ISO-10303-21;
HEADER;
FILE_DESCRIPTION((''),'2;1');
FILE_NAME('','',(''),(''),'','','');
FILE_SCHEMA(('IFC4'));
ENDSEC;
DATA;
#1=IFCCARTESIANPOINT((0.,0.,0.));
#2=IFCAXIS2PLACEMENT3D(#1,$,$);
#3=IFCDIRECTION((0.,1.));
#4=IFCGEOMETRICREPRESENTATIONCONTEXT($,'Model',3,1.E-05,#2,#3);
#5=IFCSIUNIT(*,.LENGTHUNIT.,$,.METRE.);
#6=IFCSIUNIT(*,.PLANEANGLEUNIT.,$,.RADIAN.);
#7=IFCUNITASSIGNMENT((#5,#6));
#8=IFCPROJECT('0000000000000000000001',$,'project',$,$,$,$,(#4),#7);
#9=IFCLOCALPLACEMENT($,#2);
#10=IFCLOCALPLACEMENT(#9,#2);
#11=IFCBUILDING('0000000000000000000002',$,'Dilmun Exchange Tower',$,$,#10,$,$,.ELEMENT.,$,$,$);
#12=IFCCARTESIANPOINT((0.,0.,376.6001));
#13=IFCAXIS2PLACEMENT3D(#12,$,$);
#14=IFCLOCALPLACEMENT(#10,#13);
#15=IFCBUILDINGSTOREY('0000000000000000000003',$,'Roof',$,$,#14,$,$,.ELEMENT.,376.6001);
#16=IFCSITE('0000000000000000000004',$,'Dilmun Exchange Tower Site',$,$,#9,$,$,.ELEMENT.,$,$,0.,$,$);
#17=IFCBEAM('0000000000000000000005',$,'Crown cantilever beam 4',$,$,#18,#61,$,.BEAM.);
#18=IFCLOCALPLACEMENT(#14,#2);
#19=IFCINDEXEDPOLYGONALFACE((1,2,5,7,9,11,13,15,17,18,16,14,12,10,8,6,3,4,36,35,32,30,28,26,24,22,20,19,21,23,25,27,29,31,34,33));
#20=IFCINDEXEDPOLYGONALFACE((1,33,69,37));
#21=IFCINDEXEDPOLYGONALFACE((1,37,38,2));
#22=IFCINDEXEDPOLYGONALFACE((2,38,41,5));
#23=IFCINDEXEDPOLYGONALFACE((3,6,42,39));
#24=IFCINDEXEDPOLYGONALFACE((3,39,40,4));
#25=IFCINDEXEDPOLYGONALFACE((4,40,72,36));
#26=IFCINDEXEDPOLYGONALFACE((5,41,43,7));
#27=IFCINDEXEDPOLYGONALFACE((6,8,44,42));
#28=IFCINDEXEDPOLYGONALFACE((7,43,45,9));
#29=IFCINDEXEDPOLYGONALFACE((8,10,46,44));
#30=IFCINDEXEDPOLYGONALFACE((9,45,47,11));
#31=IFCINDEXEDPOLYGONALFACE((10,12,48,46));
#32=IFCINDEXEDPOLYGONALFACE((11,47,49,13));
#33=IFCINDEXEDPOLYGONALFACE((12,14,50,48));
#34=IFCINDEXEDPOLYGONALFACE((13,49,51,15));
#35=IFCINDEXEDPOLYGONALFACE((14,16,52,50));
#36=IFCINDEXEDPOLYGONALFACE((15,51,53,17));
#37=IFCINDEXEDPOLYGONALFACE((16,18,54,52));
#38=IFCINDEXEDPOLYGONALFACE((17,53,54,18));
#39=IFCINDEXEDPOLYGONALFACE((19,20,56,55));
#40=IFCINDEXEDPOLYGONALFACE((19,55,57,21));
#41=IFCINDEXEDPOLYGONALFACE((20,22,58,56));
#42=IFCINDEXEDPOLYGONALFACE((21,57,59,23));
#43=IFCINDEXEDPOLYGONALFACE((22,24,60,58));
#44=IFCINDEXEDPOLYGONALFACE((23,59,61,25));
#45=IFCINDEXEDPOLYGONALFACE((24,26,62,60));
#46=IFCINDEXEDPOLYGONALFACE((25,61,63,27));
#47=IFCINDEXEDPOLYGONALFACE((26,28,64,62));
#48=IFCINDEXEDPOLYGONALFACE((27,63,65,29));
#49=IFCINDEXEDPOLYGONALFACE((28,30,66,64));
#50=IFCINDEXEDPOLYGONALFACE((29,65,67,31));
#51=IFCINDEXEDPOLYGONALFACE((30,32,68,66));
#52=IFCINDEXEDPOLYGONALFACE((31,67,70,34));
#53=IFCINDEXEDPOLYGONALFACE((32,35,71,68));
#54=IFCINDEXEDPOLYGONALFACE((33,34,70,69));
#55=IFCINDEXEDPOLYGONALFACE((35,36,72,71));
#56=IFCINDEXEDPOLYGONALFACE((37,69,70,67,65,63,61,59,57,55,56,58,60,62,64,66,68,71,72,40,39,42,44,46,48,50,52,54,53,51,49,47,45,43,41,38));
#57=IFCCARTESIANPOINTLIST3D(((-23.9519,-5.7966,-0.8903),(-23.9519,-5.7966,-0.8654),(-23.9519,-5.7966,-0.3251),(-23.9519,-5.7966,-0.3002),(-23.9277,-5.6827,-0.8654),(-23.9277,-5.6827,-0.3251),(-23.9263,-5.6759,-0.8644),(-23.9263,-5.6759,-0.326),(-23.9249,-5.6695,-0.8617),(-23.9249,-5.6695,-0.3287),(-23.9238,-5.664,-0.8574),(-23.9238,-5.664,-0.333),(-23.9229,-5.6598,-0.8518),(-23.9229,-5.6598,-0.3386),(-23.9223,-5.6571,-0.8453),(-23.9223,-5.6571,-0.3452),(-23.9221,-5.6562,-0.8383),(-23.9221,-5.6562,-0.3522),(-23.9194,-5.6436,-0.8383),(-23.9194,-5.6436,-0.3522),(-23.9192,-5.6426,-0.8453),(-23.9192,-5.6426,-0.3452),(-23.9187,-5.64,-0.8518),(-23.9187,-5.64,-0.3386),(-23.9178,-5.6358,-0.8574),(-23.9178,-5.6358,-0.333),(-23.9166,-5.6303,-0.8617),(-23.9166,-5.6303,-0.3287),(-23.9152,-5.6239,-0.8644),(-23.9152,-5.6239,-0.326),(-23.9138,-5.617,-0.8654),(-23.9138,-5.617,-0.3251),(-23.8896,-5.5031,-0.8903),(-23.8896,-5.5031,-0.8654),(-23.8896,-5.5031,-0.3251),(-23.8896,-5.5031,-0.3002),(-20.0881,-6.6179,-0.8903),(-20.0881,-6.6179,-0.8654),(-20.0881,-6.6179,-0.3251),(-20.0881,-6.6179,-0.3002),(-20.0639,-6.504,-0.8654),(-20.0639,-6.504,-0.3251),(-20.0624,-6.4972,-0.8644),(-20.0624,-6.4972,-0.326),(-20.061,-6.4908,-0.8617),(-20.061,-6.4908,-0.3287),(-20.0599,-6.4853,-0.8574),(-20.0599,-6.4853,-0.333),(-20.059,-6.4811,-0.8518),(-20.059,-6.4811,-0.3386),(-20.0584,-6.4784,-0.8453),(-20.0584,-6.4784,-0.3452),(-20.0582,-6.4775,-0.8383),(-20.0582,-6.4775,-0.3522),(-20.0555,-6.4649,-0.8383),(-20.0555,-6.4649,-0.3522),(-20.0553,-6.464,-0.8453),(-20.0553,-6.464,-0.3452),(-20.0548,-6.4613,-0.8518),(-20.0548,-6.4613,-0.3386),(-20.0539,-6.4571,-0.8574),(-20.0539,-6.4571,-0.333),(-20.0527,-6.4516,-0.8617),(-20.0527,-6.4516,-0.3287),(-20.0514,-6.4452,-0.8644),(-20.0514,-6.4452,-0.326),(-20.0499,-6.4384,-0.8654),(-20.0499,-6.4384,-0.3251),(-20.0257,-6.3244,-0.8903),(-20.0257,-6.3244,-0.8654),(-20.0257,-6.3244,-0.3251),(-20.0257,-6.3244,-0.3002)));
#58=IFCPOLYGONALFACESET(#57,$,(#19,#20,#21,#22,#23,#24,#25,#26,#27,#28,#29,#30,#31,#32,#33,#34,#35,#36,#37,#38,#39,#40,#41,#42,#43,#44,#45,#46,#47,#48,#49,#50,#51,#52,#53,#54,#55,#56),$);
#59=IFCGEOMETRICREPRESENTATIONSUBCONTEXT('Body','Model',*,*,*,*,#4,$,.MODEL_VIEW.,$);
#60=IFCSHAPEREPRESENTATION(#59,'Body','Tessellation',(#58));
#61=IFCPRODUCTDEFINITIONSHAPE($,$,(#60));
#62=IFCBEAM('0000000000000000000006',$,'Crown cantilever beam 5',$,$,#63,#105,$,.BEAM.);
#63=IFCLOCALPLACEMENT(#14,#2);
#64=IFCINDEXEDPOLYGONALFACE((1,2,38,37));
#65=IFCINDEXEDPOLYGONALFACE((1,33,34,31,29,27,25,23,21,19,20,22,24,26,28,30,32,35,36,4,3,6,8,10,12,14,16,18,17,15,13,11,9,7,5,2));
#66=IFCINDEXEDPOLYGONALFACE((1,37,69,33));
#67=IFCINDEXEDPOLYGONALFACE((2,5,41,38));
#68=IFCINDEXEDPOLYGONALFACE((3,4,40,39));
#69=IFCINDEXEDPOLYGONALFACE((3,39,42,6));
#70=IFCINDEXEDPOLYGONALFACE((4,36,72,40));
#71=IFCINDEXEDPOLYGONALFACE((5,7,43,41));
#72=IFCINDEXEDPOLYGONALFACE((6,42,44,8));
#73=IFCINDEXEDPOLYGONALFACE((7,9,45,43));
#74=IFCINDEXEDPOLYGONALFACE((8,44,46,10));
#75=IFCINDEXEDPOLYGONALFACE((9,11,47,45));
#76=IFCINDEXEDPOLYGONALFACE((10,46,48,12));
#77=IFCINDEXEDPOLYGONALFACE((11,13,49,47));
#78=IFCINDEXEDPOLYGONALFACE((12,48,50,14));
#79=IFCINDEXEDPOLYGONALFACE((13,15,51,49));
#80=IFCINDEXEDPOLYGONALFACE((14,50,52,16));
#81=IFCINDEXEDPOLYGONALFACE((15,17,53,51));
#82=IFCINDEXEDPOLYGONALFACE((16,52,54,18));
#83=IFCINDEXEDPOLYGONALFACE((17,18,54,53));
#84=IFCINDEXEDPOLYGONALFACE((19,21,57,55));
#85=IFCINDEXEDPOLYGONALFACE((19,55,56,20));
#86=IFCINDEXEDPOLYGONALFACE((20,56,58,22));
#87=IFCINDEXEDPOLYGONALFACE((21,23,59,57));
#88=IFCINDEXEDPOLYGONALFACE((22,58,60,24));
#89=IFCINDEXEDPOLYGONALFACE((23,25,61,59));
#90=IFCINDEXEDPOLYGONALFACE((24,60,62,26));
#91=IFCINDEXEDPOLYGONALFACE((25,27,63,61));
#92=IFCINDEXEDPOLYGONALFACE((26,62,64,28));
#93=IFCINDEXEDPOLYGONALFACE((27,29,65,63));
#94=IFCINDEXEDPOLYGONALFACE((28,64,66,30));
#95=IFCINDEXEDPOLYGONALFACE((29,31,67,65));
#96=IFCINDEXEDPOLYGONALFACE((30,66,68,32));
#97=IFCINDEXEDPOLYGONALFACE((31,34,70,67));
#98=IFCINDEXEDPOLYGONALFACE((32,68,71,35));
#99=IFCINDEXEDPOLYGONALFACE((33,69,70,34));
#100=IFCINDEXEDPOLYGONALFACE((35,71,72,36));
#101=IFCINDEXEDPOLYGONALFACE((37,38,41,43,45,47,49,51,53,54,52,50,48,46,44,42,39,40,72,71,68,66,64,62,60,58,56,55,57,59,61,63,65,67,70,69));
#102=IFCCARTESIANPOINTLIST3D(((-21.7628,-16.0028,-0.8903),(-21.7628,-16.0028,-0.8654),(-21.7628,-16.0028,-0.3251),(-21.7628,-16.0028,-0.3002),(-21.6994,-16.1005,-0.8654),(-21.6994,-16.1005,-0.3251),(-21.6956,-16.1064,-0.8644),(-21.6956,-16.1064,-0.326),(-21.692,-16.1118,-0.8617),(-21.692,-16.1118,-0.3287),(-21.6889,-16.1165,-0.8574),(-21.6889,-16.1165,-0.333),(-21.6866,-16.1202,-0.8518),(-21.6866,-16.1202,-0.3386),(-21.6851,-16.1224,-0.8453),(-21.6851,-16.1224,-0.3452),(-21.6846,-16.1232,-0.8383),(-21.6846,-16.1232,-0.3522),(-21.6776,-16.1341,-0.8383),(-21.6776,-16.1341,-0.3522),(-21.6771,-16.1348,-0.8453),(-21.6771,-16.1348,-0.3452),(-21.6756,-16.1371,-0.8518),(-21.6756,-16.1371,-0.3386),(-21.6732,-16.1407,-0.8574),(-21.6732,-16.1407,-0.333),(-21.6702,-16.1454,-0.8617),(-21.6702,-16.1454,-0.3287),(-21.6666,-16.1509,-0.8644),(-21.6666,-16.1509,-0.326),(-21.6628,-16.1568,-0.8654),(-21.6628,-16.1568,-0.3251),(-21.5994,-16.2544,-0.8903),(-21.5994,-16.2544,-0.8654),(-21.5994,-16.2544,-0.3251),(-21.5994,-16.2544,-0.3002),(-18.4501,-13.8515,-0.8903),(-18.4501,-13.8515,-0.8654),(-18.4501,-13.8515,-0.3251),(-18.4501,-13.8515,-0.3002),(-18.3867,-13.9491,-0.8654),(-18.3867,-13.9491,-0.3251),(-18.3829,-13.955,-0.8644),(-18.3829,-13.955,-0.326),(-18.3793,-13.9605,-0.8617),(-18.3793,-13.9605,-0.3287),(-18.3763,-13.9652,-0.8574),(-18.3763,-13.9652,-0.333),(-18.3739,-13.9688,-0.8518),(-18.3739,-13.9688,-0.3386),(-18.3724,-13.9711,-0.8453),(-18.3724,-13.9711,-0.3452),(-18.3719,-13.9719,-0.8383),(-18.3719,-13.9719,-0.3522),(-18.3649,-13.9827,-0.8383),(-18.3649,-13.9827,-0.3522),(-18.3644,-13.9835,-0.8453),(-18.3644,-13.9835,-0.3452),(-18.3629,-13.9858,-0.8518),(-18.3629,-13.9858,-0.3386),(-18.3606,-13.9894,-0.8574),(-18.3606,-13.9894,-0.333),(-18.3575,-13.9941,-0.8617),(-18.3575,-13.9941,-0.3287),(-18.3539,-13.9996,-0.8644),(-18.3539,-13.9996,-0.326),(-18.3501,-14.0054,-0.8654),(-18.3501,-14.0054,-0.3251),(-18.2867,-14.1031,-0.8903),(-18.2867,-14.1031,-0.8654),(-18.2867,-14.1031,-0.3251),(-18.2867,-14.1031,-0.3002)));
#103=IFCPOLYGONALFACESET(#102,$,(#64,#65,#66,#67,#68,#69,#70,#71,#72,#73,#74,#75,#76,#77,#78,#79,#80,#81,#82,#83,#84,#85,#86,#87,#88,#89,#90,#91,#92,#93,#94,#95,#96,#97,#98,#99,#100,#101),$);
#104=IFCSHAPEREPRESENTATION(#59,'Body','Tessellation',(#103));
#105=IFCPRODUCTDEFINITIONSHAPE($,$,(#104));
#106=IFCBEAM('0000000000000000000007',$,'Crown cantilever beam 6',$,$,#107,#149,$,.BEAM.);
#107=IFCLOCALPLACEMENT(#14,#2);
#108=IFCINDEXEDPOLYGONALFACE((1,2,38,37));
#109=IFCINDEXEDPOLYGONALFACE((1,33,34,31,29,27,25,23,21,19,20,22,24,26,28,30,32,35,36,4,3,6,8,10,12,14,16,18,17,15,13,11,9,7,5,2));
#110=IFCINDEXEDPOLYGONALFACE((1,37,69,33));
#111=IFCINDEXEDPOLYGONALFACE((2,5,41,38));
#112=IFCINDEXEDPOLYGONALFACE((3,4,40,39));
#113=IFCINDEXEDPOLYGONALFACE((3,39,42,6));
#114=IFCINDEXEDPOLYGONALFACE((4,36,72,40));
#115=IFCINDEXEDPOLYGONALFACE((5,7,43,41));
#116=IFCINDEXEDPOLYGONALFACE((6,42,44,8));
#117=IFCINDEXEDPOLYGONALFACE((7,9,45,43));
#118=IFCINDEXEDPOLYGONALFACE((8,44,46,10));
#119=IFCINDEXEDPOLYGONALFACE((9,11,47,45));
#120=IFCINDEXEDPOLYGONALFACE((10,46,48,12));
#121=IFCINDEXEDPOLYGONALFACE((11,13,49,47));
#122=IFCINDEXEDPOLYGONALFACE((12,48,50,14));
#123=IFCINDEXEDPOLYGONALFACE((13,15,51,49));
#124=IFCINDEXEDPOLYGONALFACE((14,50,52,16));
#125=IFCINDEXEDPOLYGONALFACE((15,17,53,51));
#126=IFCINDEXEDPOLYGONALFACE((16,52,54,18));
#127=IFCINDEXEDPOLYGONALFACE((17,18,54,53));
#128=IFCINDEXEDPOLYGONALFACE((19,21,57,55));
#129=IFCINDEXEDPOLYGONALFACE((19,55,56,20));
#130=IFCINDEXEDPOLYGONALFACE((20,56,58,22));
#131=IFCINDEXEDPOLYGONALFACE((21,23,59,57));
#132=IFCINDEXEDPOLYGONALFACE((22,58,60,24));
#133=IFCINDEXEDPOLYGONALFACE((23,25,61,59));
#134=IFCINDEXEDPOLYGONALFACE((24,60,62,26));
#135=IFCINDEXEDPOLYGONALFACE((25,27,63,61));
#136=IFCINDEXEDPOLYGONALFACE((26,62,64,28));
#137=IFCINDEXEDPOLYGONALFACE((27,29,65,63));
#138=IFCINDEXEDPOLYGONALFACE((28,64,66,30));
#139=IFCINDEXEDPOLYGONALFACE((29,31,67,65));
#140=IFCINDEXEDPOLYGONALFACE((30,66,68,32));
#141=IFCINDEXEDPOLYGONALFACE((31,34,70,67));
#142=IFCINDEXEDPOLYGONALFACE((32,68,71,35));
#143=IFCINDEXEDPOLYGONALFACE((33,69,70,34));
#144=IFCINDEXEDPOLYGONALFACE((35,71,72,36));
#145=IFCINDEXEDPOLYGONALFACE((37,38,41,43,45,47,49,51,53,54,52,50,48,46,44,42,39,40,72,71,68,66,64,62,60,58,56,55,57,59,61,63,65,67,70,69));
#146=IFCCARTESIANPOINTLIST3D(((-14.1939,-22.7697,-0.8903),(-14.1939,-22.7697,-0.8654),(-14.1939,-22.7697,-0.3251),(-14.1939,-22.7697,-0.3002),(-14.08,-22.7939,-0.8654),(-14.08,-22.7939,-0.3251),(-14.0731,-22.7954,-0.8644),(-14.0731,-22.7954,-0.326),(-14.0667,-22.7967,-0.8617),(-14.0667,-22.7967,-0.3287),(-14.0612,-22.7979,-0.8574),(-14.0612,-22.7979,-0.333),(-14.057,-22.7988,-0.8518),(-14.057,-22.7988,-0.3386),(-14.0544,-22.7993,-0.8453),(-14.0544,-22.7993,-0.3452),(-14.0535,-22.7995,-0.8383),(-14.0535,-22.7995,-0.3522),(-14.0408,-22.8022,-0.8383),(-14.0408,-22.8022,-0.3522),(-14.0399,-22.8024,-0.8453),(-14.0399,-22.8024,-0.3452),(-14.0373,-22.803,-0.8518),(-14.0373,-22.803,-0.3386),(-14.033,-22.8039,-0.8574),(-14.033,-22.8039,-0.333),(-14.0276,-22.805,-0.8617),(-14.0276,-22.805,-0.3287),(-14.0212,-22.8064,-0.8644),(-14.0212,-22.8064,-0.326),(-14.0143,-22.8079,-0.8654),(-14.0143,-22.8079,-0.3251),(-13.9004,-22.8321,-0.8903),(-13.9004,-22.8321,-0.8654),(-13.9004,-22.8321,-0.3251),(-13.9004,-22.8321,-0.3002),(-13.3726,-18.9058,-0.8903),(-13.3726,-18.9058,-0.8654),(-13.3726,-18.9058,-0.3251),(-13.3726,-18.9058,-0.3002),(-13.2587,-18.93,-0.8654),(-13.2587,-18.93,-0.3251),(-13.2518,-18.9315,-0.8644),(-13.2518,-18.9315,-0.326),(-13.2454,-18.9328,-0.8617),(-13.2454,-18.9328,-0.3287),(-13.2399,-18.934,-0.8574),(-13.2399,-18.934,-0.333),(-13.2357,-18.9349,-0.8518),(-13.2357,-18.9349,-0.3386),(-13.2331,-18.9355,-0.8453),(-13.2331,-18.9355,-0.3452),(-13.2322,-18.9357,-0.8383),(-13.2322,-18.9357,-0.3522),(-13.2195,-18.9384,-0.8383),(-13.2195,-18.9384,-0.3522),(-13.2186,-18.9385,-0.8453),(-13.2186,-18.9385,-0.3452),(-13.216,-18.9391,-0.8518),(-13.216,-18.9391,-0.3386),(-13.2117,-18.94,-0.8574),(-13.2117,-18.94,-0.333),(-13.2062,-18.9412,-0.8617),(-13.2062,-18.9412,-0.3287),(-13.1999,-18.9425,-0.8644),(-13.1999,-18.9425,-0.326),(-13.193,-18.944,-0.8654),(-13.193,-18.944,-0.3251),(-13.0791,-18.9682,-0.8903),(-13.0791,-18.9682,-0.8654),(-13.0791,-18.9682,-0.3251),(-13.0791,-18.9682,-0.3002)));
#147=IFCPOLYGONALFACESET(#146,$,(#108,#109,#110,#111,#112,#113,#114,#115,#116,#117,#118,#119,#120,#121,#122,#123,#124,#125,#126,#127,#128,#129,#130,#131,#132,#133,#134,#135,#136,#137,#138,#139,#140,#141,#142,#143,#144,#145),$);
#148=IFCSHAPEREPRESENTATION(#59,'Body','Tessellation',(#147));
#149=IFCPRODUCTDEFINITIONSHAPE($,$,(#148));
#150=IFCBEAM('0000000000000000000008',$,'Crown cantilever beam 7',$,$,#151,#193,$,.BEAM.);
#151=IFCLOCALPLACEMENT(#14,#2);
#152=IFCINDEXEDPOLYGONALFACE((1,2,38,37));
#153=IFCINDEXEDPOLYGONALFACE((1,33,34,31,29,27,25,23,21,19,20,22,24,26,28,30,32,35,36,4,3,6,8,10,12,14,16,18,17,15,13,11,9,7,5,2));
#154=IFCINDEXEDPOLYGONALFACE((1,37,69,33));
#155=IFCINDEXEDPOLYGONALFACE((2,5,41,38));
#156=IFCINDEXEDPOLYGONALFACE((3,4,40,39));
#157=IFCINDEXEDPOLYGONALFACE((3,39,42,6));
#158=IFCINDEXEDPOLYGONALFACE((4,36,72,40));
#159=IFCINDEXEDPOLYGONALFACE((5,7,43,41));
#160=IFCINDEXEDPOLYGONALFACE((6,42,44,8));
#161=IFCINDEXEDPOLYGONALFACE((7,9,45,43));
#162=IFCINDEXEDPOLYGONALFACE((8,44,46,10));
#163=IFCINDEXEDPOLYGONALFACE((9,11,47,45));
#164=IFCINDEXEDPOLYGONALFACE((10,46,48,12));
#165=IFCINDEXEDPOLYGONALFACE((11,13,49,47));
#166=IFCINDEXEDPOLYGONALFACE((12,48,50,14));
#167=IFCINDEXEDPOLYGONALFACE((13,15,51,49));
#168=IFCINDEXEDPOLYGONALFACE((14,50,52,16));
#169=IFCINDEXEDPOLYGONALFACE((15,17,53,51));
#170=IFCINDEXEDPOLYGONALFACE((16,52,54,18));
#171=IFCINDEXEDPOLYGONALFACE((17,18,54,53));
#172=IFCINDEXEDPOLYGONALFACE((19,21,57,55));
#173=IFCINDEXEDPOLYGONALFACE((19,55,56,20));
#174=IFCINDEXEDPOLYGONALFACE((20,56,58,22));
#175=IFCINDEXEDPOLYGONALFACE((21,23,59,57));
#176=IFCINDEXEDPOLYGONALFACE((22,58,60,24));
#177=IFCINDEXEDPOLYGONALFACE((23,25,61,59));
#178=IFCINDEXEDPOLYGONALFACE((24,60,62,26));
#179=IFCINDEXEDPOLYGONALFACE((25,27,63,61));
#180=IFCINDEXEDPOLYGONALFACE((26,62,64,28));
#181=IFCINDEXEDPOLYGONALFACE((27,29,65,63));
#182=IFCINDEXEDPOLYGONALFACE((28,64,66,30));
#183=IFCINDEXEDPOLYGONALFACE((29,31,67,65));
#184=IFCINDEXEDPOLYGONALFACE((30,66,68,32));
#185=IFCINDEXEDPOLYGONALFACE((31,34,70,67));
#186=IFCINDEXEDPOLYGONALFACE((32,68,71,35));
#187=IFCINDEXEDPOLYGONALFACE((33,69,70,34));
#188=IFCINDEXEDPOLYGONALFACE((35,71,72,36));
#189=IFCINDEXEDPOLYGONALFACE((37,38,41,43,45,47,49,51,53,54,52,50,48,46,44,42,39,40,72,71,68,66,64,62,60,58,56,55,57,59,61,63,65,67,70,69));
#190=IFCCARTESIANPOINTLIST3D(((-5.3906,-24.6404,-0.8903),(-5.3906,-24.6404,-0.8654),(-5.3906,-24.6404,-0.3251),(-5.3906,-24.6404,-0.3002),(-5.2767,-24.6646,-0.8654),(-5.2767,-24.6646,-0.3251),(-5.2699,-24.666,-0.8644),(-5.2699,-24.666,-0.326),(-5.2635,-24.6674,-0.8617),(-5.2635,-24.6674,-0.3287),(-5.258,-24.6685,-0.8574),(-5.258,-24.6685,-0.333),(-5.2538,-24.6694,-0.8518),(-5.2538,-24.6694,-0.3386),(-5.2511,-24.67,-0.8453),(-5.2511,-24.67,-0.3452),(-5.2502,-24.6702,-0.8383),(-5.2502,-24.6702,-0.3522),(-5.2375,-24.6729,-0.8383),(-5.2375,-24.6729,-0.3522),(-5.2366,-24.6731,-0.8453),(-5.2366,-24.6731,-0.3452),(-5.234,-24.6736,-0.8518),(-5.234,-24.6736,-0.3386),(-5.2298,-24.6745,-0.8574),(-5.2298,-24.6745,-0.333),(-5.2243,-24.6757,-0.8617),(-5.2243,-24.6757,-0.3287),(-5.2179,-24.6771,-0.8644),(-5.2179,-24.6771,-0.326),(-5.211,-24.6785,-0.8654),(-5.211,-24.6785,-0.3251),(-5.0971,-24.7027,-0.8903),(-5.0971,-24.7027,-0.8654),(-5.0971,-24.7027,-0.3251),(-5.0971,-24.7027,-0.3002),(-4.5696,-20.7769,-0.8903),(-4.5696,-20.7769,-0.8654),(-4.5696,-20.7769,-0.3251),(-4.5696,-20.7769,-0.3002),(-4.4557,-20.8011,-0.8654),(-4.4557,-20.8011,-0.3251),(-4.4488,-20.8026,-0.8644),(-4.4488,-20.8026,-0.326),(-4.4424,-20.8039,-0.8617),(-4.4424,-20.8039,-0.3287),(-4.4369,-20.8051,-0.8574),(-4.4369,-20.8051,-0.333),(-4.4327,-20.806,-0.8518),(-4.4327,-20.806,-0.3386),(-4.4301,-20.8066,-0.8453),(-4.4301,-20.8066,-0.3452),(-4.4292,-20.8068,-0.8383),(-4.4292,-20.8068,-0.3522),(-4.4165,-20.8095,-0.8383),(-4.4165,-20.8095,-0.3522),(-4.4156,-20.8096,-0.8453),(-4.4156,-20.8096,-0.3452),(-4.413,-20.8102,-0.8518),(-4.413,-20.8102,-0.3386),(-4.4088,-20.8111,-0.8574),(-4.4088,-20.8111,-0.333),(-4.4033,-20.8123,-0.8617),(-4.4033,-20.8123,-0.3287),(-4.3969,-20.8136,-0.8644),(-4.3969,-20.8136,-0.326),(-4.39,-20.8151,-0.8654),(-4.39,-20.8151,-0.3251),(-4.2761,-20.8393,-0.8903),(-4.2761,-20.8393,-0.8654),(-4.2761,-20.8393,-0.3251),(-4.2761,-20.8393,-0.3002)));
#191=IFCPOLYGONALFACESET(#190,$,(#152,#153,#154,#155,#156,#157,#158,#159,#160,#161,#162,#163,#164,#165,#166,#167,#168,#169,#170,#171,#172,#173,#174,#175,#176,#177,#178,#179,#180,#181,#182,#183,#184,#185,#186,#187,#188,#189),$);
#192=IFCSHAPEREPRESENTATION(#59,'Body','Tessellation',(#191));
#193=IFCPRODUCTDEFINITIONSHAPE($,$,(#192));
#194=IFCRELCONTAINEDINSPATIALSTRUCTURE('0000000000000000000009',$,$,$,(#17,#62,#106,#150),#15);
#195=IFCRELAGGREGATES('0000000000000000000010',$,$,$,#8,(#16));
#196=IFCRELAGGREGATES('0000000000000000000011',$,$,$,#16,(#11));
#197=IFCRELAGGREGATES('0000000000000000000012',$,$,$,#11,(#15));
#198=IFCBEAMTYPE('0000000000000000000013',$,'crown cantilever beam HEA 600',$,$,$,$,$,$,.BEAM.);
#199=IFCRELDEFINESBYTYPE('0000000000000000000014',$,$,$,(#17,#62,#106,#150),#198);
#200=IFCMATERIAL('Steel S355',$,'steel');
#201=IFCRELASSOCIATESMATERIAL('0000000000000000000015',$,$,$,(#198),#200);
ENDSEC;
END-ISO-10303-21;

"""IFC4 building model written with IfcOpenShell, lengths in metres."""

from ifc_helpers import new_model, si_unit, direction, frame, origin, origin_2d, place, context, subcontext, project, spatial, i_section, extrude, material, material_profile, profile_set, type_object, element, save


model = new_model("IFC4")

# Units and contexts
model_context = context("Model", 3, precision=1e-05, world=origin(), true_north=direction((0.0, 1.0)))
body_context = subcontext(model_context, "Body", "Model", "MODEL_VIEW")
ifc_project = project(units=[si_unit("LENGTHUNIT", "METRE"), si_unit("PLANEANGLEUNIT", "RADIAN")], contexts=[model_context])

# Site, building, storey
site_placement = place(None, origin())
site = spatial("IfcSite", under=ifc_project, at=site_placement, Name="Dilmun Exchange Tower Site", CompositionType="ELEMENT", RefElevation=0.0)
building_placement = place(site_placement, origin())
building = spatial("IfcBuilding", under=site, at=building_placement, Name="Dilmun Exchange Tower", CompositionType="ELEMENT")
storey_placement = place(building_placement, frame((0.0, 0.0, 376.6001)))
storey = spatial("IfcBuildingStorey", under=building, at=storey_placement, Name="Roof", CompositionType="ELEMENT", Elevation=376.6001)

# Beams
ifc_material_1 = material(Name="Steel S355", Category="steel")
ifc_material_profile_1 = material_profile(ifc_material_1, i_section(OverallWidth=0.3, OverallDepth=0.5901, WebThickness=0.0129, FlangeThickness=0.0249, FilletRadius=0.0271, at=origin_2d()), Name="HEA 600")
ifc_profile_set_1 = profile_set([ifc_material_profile_1], Name="Steel S355")
beam_type_1 = type_object("IfcBeamType", Name="crown cantilever beam HEA 600", PredefinedType="BEAM", material=ifc_profile_set_1)
beam_1_placement = place(storey_placement, frame((-20.0569, -6.4712, -0.5952), z_axis=(-0.978147, 0.207916, 0.0), x_axis=(-0.207916, -0.978147, 0.0)))
element("IfcBeam", 1, at=beam_1_placement, inside=storey, type_object=beam_type_1, Name="Crown cantilever beam 4", PredefinedType="BEAM", context=body_context, shape_type="SweptSolid", body=[
    extrude(i_section(OverallWidth=0.3, OverallDepth=0.5901, WebThickness=0.0129, FlangeThickness=0.0249, FilletRadius=0.0271, at=origin_2d()), origin(), (0.0, 0.0, 1.0), 3.9502),
])
beam_2_placement = place(storey_placement, frame((-18.3684, -13.9773, -0.5952), z_axis=(-0.838665, -0.544647, 0.0), x_axis=(0.544647, -0.838665, 0.0)))
element("IfcBeam", 2, at=beam_2_placement, inside=storey, type_object=beam_type_1, Name="Crown cantilever beam 5", PredefinedType="BEAM", context=body_context, shape_type="SweptSolid", body=[
    extrude(i_section(OverallWidth=0.3, OverallDepth=0.5901, WebThickness=0.0129, FlangeThickness=0.0249, FilletRadius=0.0271, at=origin_2d()), origin(), (0.0, 0.0, 1.0), 3.95),
])
beam_3_placement = place(storey_placement, frame((-13.2258, -18.937, -0.5952), z_axis=(-0.207916, -0.978147, 0.0), x_axis=(0.978147, -0.207916, 0.0)))
element("IfcBeam", 3, at=beam_3_placement, inside=storey, type_object=beam_type_1, Name="Crown cantilever beam 6", PredefinedType="BEAM", context=body_context, shape_type="SweptSolid", body=[
    extrude(i_section(OverallWidth=0.3, OverallDepth=0.5901, WebThickness=0.0129, FlangeThickness=0.0249, FilletRadius=0.0271, at=origin_2d()), origin(), (0.0, 0.0, 1.0), 3.9502),
])
beam_4_placement = place(storey_placement, frame((-4.4229, -20.8081, -0.5952), z_axis=(-0.20787, -0.978156, 0.0), x_axis=(0.978156, -0.20787, 0.0)))
element("IfcBeam", 4, at=beam_4_placement, inside=storey, type_object=beam_type_1, Name="Crown cantilever beam 7", PredefinedType="BEAM", context=body_context, shape_type="SweptSolid", body=[
    extrude(i_section(OverallWidth=0.3, OverallDepth=0.5901, WebThickness=0.0129, FlangeThickness=0.0249, FilletRadius=0.0271, at=origin_2d()), origin(), (0.0, 0.0, 1.0), 3.9497),
])

save(model, "model.ifc")
